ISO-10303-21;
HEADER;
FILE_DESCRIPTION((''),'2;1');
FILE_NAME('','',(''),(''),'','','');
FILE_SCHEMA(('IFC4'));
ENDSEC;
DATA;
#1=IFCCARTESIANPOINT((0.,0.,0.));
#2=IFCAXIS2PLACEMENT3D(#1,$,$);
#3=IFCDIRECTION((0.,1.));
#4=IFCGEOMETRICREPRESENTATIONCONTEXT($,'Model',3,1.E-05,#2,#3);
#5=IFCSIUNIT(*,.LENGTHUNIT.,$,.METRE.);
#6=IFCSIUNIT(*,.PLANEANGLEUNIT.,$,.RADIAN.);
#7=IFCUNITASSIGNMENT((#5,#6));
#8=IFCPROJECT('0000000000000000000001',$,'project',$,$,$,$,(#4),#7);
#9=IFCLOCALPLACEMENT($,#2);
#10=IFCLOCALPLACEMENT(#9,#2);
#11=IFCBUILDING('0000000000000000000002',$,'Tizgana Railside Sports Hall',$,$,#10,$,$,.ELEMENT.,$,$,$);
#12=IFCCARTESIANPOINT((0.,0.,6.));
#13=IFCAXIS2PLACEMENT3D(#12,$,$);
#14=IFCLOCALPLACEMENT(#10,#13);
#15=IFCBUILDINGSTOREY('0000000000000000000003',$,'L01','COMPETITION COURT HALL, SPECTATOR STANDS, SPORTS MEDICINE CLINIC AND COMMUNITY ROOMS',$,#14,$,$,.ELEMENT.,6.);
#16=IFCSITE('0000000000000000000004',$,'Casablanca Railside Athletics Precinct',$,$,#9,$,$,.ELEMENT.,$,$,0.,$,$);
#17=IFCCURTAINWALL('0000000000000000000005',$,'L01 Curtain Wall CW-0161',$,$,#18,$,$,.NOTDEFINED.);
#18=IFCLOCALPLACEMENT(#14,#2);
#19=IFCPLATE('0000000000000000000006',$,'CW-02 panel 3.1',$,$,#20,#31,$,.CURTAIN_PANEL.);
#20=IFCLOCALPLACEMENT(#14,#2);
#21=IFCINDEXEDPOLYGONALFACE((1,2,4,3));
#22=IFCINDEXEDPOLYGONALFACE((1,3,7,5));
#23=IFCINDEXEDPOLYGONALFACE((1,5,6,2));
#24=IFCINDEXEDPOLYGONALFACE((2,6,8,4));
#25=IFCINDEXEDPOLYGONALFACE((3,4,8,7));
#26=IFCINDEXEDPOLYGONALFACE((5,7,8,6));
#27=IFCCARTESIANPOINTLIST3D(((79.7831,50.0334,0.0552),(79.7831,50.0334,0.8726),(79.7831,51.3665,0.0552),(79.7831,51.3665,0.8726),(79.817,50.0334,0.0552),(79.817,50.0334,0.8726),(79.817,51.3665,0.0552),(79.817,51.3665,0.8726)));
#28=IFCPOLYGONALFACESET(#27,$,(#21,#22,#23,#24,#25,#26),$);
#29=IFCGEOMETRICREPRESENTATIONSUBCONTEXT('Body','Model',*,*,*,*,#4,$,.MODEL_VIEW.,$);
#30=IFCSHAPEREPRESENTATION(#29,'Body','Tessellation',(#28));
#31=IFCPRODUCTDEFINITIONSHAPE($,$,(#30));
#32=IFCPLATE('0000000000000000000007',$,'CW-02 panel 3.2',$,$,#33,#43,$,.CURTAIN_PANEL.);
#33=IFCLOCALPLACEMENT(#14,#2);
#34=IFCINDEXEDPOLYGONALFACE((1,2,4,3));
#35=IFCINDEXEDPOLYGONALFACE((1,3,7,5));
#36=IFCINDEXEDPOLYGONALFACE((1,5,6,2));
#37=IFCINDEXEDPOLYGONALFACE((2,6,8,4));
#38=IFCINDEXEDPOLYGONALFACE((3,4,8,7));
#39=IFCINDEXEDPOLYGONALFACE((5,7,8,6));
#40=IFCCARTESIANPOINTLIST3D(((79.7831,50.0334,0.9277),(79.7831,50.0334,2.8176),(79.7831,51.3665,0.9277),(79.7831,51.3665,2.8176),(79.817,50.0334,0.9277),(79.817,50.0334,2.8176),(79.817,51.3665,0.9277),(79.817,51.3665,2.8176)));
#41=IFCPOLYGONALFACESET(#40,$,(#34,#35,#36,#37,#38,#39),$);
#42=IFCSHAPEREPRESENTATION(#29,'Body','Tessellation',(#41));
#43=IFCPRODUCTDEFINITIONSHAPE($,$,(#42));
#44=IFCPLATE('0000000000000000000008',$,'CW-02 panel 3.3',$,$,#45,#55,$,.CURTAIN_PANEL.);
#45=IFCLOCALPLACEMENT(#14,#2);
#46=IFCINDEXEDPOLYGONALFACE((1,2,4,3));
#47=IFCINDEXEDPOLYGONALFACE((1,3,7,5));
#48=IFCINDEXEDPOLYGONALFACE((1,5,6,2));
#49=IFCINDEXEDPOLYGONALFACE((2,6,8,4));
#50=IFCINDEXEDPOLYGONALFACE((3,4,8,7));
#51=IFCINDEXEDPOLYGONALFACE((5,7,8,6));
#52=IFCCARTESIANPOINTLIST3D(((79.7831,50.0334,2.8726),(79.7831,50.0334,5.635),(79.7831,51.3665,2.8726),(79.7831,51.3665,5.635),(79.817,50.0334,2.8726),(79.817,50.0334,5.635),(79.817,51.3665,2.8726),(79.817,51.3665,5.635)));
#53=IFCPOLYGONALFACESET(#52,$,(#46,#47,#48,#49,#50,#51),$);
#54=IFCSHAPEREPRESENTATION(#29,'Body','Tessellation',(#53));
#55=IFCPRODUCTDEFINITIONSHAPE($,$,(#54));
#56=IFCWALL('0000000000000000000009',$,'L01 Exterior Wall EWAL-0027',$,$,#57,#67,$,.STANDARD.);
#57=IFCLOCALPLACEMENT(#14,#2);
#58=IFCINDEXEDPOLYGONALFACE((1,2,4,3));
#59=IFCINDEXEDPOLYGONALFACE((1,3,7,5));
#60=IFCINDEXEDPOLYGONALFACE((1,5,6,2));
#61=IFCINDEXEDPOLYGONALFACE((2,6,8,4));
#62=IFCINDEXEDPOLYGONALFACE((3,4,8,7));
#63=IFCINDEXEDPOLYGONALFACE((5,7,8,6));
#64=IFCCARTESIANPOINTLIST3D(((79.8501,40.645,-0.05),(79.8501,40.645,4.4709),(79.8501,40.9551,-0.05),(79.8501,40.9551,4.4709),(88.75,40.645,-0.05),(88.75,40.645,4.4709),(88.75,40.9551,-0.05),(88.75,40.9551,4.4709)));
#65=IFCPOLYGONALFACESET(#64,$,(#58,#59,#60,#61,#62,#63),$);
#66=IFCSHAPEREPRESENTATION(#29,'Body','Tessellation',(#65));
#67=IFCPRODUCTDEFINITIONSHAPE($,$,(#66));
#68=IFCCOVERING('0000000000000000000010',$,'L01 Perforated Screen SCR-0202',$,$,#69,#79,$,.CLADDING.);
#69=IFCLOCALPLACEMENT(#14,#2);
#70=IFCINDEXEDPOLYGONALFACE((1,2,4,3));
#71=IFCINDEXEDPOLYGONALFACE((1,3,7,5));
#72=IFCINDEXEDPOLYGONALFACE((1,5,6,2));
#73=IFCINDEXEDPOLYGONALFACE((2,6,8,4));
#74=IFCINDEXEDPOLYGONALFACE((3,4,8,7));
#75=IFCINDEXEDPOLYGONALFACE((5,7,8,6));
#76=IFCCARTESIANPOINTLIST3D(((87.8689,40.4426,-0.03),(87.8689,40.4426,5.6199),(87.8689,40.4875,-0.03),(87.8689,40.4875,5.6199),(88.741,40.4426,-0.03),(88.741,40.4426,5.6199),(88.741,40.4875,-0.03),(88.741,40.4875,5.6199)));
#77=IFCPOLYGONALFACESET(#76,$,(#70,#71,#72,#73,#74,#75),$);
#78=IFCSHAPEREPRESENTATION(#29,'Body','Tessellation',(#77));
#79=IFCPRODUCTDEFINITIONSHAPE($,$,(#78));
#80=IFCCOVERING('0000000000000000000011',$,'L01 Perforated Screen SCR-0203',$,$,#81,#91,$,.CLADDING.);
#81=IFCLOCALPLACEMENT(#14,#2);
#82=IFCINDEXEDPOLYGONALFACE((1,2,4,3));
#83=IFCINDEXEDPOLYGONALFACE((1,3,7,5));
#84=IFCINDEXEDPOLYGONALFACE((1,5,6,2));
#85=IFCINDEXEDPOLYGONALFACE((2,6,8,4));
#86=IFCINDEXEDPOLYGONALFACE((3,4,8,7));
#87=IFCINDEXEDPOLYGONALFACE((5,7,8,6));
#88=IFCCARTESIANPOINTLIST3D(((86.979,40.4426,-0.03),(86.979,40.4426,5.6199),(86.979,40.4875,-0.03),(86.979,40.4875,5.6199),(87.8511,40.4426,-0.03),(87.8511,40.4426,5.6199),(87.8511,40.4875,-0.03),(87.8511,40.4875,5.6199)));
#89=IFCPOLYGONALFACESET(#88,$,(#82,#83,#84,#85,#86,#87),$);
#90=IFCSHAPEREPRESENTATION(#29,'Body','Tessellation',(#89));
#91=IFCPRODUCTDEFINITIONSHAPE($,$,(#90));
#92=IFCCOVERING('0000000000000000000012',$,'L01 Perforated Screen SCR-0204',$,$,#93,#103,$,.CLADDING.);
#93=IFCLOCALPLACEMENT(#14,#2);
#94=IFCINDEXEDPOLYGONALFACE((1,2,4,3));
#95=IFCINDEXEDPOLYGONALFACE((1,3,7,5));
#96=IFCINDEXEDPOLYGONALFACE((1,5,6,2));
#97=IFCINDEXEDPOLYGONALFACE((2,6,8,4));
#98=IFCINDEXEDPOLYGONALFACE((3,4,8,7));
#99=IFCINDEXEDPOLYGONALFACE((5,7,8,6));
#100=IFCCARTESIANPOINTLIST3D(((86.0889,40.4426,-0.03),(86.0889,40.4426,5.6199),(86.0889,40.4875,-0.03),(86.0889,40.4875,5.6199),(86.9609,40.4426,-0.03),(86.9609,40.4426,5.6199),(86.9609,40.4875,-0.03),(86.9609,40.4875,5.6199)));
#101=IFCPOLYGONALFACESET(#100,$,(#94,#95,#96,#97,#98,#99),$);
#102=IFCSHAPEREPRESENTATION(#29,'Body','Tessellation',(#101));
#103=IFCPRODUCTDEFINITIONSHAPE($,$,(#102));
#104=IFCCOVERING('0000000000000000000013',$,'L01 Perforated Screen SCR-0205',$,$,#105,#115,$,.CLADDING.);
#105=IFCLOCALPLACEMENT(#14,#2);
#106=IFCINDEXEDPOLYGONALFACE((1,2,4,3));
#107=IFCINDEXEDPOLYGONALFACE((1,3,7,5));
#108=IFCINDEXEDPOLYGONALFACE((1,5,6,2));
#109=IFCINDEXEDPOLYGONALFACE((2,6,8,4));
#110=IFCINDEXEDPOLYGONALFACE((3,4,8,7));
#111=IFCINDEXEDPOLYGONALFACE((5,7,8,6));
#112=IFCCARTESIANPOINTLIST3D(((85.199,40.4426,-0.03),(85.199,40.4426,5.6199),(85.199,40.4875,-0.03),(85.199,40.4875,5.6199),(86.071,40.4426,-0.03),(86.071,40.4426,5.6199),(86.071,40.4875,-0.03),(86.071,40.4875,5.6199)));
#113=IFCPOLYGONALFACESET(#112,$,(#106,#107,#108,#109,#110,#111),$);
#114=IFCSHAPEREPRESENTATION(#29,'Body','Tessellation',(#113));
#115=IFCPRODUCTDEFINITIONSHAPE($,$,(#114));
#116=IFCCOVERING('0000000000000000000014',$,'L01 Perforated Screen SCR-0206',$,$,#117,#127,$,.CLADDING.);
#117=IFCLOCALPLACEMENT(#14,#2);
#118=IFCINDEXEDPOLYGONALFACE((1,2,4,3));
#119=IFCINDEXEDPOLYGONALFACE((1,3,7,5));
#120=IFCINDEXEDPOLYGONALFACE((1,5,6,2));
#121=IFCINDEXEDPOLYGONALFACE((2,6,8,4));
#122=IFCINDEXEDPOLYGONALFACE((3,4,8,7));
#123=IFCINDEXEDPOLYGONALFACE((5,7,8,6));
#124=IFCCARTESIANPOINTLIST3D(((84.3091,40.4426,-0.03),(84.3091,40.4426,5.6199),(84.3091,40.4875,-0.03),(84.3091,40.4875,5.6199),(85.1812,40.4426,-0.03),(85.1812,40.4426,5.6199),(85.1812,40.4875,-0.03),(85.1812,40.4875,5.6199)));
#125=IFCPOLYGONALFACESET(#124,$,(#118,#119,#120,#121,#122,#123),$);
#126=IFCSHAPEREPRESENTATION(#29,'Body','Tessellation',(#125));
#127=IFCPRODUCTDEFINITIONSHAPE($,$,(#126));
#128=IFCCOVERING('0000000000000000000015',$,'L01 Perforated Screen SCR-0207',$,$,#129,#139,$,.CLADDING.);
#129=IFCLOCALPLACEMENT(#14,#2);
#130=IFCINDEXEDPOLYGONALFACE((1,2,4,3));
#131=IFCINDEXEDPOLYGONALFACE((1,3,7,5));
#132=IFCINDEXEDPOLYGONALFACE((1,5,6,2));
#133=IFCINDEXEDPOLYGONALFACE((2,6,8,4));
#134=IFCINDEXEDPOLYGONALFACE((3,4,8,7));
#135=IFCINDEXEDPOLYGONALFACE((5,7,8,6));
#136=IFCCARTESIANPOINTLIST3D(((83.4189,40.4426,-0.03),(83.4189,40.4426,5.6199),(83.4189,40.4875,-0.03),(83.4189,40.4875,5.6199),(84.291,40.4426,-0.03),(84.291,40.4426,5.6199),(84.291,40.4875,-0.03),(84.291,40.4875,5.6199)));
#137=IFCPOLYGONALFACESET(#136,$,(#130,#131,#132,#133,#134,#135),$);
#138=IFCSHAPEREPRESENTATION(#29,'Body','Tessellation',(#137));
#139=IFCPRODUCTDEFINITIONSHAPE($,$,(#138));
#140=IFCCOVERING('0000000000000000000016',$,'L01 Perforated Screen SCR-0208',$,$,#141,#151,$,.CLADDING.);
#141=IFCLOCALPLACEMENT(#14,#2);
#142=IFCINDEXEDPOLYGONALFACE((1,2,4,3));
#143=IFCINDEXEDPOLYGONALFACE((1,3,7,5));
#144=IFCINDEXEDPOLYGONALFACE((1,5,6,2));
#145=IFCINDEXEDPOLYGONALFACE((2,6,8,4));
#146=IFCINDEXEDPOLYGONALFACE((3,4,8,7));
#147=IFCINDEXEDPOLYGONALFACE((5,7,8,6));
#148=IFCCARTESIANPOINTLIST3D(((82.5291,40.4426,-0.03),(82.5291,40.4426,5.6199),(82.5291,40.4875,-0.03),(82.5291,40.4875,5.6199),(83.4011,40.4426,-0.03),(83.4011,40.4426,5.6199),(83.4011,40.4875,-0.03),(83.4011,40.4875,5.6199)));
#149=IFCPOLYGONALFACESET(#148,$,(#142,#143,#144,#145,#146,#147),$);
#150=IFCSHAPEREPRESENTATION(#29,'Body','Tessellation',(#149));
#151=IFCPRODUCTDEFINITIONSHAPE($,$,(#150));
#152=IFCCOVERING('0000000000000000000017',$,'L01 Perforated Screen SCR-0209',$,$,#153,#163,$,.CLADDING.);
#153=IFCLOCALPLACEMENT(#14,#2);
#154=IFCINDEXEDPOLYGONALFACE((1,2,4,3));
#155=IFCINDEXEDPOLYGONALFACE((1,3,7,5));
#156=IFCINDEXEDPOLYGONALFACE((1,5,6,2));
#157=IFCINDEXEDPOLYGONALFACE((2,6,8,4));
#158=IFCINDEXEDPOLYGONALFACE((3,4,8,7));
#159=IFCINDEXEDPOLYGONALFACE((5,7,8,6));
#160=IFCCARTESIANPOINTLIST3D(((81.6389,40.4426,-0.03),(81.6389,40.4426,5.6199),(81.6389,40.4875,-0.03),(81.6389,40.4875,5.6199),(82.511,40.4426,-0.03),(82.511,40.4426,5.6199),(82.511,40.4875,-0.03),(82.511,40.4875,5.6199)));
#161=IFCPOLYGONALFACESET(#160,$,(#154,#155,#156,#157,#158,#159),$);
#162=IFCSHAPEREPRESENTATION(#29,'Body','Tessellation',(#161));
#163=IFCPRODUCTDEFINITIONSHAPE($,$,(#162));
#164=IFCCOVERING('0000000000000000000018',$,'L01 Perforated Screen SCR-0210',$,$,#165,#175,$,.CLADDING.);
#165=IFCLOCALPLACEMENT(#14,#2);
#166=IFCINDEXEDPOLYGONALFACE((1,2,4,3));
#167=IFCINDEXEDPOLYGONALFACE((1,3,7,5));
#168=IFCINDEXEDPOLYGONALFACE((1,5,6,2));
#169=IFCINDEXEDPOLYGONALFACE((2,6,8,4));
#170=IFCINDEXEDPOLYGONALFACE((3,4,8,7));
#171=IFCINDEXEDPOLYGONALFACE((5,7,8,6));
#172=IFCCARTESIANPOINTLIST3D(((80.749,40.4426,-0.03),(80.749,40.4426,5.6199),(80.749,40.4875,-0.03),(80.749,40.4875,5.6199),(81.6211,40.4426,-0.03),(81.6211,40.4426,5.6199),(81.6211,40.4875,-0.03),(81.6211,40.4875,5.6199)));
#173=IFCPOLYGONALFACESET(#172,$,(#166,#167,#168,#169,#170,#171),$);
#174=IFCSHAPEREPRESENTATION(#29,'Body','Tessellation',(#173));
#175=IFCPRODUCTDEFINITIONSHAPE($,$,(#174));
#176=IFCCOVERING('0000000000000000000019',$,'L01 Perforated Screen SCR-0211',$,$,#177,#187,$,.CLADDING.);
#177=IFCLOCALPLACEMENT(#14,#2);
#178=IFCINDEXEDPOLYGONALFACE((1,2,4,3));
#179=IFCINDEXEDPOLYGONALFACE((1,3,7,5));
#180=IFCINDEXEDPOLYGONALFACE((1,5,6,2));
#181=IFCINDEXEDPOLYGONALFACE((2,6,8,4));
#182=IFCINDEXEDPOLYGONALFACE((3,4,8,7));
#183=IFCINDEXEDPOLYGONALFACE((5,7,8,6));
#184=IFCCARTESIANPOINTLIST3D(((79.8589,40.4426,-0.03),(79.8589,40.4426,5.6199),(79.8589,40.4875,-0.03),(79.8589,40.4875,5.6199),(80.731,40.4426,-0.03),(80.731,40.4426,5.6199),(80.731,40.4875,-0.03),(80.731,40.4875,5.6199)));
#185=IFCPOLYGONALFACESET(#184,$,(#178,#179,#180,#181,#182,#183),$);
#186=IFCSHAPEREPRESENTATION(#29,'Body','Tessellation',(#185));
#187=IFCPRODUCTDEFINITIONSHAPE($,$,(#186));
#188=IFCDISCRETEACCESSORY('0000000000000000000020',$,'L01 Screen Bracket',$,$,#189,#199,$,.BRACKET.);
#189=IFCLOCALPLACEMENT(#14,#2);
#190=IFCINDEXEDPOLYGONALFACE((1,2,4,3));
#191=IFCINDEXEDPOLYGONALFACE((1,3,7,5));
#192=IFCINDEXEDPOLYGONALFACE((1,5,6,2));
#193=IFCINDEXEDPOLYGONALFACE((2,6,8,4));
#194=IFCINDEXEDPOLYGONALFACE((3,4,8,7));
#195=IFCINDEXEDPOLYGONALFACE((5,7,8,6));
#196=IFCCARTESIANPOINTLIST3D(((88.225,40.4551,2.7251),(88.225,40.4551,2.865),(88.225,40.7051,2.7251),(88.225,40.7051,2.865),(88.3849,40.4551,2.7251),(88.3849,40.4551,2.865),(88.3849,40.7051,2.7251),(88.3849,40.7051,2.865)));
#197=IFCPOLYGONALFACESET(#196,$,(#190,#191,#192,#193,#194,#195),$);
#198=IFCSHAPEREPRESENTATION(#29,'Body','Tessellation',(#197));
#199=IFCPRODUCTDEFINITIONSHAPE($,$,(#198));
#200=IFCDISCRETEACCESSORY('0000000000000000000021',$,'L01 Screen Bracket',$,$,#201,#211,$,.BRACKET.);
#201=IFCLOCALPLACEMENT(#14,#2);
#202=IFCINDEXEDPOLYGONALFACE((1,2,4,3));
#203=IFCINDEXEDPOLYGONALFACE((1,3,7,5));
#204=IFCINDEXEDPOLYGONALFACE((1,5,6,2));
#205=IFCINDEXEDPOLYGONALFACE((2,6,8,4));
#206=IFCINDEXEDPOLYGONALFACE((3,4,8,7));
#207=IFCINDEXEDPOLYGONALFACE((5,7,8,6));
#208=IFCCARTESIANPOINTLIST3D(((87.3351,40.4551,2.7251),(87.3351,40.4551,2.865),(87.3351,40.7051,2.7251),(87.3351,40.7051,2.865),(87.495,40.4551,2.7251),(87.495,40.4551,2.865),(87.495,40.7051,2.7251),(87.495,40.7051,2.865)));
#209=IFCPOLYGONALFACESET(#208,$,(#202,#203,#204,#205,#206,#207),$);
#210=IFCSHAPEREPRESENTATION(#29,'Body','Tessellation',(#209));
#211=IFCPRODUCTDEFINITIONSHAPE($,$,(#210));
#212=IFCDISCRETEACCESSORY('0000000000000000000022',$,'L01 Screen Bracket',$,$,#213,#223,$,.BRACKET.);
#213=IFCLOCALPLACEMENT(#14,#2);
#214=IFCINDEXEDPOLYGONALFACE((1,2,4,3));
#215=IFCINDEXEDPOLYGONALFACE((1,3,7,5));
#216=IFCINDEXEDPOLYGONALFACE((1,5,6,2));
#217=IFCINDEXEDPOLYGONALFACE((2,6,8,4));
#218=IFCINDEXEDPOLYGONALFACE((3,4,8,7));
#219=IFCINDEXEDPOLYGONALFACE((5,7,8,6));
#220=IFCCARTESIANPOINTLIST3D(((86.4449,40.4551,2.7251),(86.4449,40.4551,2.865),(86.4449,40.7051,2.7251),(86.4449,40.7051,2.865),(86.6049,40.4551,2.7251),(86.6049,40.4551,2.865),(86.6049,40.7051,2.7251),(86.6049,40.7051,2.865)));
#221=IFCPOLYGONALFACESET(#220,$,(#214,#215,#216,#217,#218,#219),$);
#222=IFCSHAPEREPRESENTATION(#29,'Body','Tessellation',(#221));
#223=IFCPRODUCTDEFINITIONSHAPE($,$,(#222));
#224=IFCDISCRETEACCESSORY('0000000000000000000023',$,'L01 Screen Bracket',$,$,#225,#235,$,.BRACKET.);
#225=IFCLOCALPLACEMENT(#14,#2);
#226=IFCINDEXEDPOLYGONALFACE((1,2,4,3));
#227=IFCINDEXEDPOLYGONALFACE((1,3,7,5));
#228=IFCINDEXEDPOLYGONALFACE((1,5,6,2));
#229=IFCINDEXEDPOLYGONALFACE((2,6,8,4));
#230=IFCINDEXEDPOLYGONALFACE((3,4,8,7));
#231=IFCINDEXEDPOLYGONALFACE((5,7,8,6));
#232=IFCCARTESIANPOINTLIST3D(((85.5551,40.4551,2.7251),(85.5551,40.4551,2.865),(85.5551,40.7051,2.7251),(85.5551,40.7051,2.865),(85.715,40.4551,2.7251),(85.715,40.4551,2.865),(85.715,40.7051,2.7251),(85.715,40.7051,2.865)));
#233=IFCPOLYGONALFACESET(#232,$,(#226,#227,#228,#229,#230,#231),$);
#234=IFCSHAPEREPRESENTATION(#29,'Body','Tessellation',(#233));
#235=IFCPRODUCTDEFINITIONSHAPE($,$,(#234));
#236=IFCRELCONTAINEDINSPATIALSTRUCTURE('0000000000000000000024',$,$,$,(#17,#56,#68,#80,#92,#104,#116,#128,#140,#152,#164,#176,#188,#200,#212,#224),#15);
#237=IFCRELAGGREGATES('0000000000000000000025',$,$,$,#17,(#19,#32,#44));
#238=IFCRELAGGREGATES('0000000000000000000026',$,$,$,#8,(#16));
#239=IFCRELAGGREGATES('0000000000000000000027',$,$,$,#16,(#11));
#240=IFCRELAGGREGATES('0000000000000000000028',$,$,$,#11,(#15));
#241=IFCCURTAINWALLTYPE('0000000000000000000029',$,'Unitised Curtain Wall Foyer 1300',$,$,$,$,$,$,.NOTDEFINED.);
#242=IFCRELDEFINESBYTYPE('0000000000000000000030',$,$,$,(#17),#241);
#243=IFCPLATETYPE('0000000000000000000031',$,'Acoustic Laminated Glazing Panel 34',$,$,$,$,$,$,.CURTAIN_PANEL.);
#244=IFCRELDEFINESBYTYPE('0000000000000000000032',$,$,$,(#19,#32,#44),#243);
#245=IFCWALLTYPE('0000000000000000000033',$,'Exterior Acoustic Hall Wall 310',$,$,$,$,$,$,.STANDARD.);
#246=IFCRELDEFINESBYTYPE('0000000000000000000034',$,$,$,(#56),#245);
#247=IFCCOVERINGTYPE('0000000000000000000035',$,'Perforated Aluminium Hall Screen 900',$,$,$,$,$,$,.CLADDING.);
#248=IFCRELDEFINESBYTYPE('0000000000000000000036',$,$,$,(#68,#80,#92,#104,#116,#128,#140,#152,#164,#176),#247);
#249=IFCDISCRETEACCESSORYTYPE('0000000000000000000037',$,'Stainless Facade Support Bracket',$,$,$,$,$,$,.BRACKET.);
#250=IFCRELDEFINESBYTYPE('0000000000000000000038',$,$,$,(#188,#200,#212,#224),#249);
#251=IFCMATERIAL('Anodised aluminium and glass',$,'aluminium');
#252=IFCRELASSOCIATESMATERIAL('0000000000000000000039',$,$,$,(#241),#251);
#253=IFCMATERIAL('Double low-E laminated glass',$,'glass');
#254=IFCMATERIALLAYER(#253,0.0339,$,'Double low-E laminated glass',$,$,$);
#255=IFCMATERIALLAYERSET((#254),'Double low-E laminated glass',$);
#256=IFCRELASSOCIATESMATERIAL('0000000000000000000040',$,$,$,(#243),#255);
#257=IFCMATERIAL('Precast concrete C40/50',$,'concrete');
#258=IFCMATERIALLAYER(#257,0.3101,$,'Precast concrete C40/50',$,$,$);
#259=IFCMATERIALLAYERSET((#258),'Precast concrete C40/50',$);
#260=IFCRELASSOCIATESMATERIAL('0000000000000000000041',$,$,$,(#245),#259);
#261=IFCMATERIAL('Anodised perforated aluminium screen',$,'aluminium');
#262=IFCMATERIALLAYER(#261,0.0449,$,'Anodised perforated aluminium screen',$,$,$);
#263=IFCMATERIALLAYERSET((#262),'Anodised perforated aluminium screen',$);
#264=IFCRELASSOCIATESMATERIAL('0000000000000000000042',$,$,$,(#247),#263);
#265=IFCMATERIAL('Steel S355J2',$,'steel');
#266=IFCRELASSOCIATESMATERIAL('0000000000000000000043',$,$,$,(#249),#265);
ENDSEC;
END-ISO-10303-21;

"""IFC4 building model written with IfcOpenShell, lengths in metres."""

from ifc_helpers import new_model, si_unit, direction, frame, frame_2d, origin, origin_2d, place, context, subcontext, project, spatial, rectangle, extrude, material, layer, layer_set, type_object, element, aggregate, save


model = new_model("IFC4")

# Units and contexts
model_context = context("Model", 3, precision=1e-05, world=origin(), true_north=direction((0.0, 1.0)))
body_context = subcontext(model_context, "Body", "Model", "MODEL_VIEW")
ifc_project = project(units=[si_unit("LENGTHUNIT", "METRE"), si_unit("PLANEANGLEUNIT", "RADIAN")], contexts=[model_context])

# Site, building, storey
site_placement = place(None, origin())
site = spatial("IfcSite", under=ifc_project, at=site_placement, Name="Casablanca Railside Athletics Precinct", CompositionType="ELEMENT", RefElevation=0.0)
building_placement = place(site_placement, origin())
building = spatial("IfcBuilding", under=site, at=building_placement, Name="Tizgana Railside Sports Hall", CompositionType="ELEMENT")
storey_placement = place(building_placement, frame((0.0, 0.0, 6.0)))
storey = spatial("IfcBuildingStorey", under=building, at=storey_placement, Name="L01", Description="COMPETITION COURT HALL, SPECTATOR STANDS, SPORTS MEDICINE CLINIC AND COMMUNITY ROOMS", CompositionType="ELEMENT", Elevation=6.0)

# Curtain wall
ifc_material_1 = material(Name="Anodised aluminium and glass", Category="aluminium")
curtain_wall_type = type_object("IfcCurtainWallType", Name="Unitised Curtain Wall Foyer 1300", PredefinedType="NOTDEFINED", material=ifc_material_1)
curtain_wall_placement = place(storey_placement, origin())
curtain_wall = element("IfcCurtainWall", 1, at=curtain_wall_placement, inside=storey, type_object=curtain_wall_type, Name="L01 Curtain Wall CW-0161", PredefinedType="NOTDEFINED")

# Shared definitions
ifc_material_2 = material(Name="Steel S355J2", Category="steel")

# Plates
ifc_material_3 = material(Name="Double low-E laminated glass", Category="glass")
ifc_layer_1 = layer(ifc_material_3, 0.0339, Name="Double low-E laminated glass")
ifc_layer_set_1 = layer_set([ifc_layer_1], Name="Double low-E laminated glass")
plate_type = type_object("IfcPlateType", Name="Acoustic Laminated Glazing Panel 34", PredefinedType="CURTAIN_PANEL", material=ifc_layer_set_1)
plate_1_placement = place(storey_placement, frame((79.8, 50.7, 0.0552), z_axis=(0.0, 0.0, 1.0), x_axis=(0.0, 1.0, 0.0)))
plate_1 = element("IfcPlate", 2, at=plate_1_placement, type_object=plate_type, Name="CW-02 panel 3.1", PredefinedType="CURTAIN_PANEL", context=body_context, shape_type="SweptSolid", body=[
    extrude(rectangle(XDim=1.333, YDim=0.0339, at=origin_2d()), origin(), (0.0, 0.0, 1.0), 0.8174),
])
plate_2_placement = place(storey_placement, frame((79.8, 50.7, 0.9277), z_axis=(0.0, 0.0, 1.0), x_axis=(0.0, 1.0, 0.0)))
plate_2 = element("IfcPlate", 3, at=plate_2_placement, type_object=plate_type, Name="CW-02 panel 3.2", PredefinedType="CURTAIN_PANEL", context=body_context, shape_type="SweptSolid", body=[
    extrude(rectangle(XDim=1.333, YDim=0.0339, at=origin_2d()), origin(), (0.0, 0.0, 1.0), 1.8899),
])
plate_3_placement = place(storey_placement, frame((79.8, 50.7, 2.8726), z_axis=(0.0, 0.0, 1.0), x_axis=(0.0, 1.0, 0.0)))
plate_3 = element("IfcPlate", 4, at=plate_3_placement, type_object=plate_type, Name="CW-02 panel 3.3", PredefinedType="CURTAIN_PANEL", context=body_context, shape_type="SweptSolid", body=[
    extrude(rectangle(XDim=1.333, YDim=0.0339, at=origin_2d()), origin(), (0.0, 0.0, 1.0), 2.7625),
])
aggregate(curtain_wall, [plate_1, plate_2, plate_3])

# Wall
ifc_material_4 = material(Name="Precast concrete C40/50", Category="concrete")
ifc_layer_2 = layer(ifc_material_4, 0.3101, Name="Precast concrete C40/50")
ifc_layer_set_2 = layer_set([ifc_layer_2], Name="Precast concrete C40/50")
wall_type = type_object("IfcWallType", Name="Exterior Acoustic Hall Wall 310", PredefinedType="STANDARD", material=ifc_layer_set_2)
wall_placement = place(storey_placement, frame((88.75, 40.8, -0.05), z_axis=(0.0, 0.0, 1.0), x_axis=(-1.0, 0.0, 0.0)))
element("IfcWall", 5, at=wall_placement, inside=storey, type_object=wall_type, Name="L01 Exterior Wall EWAL-0027", PredefinedType="STANDARD", context=body_context, shape_type="SweptSolid", body=[
    extrude(rectangle(XDim=8.8999, YDim=0.3101, at=frame_2d((4.45, 0.0))), origin(), (0.0, 0.0, 1.0), 4.521),
])

# Coverings
ifc_material_5 = material(Name="Anodised perforated aluminium screen", Category="aluminium")
ifc_layer_3 = layer(ifc_material_5, 0.0449, Name="Anodised perforated aluminium screen")
ifc_layer_set_3 = layer_set([ifc_layer_3], Name="Anodised perforated aluminium screen")
covering_type = type_object("IfcCoveringType", Name="Perforated Aluminium Hall Screen 900", PredefinedType="CLADDING", material=ifc_layer_set_3)
for number, where, z_axis, x_axis, name in (
    (6, (88.3049, 40.4651, -0.03), (0.0, 0.0, 1.0), (-1.0, 0.0, 0.0), "L01 Perforated Screen SCR-0202"),
    (7, (87.415, 40.4651, -0.03), (0.0, 0.0, 1.0), (-1.0, 0.0, 0.0), "L01 Perforated Screen SCR-0203"),
    (8, (86.5249, 40.4651, -0.03), (0.0, 0.0, 1.0), (-1.0, 0.0, 0.0), "L01 Perforated Screen SCR-0204"),
    (9, (85.635, 40.4651, -0.03), (0.0, 0.0, 1.0), (-1.0, 0.0, 0.0), "L01 Perforated Screen SCR-0205"),
    (10, (84.7451, 40.4651, -0.03), (0.0, 0.0, 1.0), (-1.0, 0.0, 0.0), "L01 Perforated Screen SCR-0206"),
    (11, (83.855, 40.4651, -0.03), (0.0, 0.0, 1.0), (-1.0, 0.0, 0.0), "L01 Perforated Screen SCR-0207"),
    (12, (82.9651, 40.4651, -0.03), (0.0, 0.0, 1.0), (-1.0, 0.0, 0.0), "L01 Perforated Screen SCR-0208"),
    (13, (82.075, 40.4651, -0.03), (0.0, 0.0, 1.0), (-1.0, 0.0, 0.0), "L01 Perforated Screen SCR-0209"),
    (14, (81.1851, 40.4651, -0.03), (0.0, 0.0, 1.0), (-1.0, 0.0, 0.0), "L01 Perforated Screen SCR-0210"),
    (15, (80.2949, 40.4651, -0.03), (0.0, 0.0, 1.0), (-1.0, 0.0, 0.0), "L01 Perforated Screen SCR-0211"),
):
    element("IfcCovering", number, at=place(storey_placement, frame(where, z_axis=z_axis, x_axis=x_axis)), inside=storey, type_object=covering_type, Name=name, PredefinedType="CLADDING", context=body_context, shape_type="SweptSolid", body=[
        extrude(rectangle(XDim=0.8721, YDim=0.0449, at=origin_2d()), origin(), (0.0, 0.0, 1.0), 5.6499),
    ])

# Discrete accessories
discrete_accessory_type = type_object("IfcDiscreteAccessoryType", Name="Stainless Facade Support Bracket", PredefinedType="BRACKET", material=ifc_material_2)
for number, where, z_axis, x_axis, name in (
    (16, (88.3049, 40.5801, 2.7251), (0.0, 0.0, 1.0), (-1.0, 0.0, 0.0), "L01 Screen Bracket"),
    (17, (87.415, 40.5801, 2.7251), (0.0, 0.0, 1.0), (-1.0, 0.0, 0.0), "L01 Screen Bracket"),
    (18, (86.5249, 40.5801, 2.7251), (0.0, 0.0, 1.0), (-1.0, 0.0, 0.0), "L01 Screen Bracket"),
    (19, (85.635, 40.5801, 2.7251), (0.0, 0.0, 1.0), (-1.0, 0.0, 0.0), "L01 Screen Bracket"),
):
    element("IfcDiscreteAccessory", number, at=place(storey_placement, frame(where, z_axis=z_axis, x_axis=x_axis)), inside=storey, type_object=discrete_accessory_type, Name=name, PredefinedType="BRACKET", context=body_context, shape_type="SweptSolid", body=[
        extrude(rectangle(XDim=0.1599, YDim=0.25, at=origin_2d()), origin(), (0.0, 0.0, 1.0), 0.1399),
    ])

save(model, "model.ifc")
